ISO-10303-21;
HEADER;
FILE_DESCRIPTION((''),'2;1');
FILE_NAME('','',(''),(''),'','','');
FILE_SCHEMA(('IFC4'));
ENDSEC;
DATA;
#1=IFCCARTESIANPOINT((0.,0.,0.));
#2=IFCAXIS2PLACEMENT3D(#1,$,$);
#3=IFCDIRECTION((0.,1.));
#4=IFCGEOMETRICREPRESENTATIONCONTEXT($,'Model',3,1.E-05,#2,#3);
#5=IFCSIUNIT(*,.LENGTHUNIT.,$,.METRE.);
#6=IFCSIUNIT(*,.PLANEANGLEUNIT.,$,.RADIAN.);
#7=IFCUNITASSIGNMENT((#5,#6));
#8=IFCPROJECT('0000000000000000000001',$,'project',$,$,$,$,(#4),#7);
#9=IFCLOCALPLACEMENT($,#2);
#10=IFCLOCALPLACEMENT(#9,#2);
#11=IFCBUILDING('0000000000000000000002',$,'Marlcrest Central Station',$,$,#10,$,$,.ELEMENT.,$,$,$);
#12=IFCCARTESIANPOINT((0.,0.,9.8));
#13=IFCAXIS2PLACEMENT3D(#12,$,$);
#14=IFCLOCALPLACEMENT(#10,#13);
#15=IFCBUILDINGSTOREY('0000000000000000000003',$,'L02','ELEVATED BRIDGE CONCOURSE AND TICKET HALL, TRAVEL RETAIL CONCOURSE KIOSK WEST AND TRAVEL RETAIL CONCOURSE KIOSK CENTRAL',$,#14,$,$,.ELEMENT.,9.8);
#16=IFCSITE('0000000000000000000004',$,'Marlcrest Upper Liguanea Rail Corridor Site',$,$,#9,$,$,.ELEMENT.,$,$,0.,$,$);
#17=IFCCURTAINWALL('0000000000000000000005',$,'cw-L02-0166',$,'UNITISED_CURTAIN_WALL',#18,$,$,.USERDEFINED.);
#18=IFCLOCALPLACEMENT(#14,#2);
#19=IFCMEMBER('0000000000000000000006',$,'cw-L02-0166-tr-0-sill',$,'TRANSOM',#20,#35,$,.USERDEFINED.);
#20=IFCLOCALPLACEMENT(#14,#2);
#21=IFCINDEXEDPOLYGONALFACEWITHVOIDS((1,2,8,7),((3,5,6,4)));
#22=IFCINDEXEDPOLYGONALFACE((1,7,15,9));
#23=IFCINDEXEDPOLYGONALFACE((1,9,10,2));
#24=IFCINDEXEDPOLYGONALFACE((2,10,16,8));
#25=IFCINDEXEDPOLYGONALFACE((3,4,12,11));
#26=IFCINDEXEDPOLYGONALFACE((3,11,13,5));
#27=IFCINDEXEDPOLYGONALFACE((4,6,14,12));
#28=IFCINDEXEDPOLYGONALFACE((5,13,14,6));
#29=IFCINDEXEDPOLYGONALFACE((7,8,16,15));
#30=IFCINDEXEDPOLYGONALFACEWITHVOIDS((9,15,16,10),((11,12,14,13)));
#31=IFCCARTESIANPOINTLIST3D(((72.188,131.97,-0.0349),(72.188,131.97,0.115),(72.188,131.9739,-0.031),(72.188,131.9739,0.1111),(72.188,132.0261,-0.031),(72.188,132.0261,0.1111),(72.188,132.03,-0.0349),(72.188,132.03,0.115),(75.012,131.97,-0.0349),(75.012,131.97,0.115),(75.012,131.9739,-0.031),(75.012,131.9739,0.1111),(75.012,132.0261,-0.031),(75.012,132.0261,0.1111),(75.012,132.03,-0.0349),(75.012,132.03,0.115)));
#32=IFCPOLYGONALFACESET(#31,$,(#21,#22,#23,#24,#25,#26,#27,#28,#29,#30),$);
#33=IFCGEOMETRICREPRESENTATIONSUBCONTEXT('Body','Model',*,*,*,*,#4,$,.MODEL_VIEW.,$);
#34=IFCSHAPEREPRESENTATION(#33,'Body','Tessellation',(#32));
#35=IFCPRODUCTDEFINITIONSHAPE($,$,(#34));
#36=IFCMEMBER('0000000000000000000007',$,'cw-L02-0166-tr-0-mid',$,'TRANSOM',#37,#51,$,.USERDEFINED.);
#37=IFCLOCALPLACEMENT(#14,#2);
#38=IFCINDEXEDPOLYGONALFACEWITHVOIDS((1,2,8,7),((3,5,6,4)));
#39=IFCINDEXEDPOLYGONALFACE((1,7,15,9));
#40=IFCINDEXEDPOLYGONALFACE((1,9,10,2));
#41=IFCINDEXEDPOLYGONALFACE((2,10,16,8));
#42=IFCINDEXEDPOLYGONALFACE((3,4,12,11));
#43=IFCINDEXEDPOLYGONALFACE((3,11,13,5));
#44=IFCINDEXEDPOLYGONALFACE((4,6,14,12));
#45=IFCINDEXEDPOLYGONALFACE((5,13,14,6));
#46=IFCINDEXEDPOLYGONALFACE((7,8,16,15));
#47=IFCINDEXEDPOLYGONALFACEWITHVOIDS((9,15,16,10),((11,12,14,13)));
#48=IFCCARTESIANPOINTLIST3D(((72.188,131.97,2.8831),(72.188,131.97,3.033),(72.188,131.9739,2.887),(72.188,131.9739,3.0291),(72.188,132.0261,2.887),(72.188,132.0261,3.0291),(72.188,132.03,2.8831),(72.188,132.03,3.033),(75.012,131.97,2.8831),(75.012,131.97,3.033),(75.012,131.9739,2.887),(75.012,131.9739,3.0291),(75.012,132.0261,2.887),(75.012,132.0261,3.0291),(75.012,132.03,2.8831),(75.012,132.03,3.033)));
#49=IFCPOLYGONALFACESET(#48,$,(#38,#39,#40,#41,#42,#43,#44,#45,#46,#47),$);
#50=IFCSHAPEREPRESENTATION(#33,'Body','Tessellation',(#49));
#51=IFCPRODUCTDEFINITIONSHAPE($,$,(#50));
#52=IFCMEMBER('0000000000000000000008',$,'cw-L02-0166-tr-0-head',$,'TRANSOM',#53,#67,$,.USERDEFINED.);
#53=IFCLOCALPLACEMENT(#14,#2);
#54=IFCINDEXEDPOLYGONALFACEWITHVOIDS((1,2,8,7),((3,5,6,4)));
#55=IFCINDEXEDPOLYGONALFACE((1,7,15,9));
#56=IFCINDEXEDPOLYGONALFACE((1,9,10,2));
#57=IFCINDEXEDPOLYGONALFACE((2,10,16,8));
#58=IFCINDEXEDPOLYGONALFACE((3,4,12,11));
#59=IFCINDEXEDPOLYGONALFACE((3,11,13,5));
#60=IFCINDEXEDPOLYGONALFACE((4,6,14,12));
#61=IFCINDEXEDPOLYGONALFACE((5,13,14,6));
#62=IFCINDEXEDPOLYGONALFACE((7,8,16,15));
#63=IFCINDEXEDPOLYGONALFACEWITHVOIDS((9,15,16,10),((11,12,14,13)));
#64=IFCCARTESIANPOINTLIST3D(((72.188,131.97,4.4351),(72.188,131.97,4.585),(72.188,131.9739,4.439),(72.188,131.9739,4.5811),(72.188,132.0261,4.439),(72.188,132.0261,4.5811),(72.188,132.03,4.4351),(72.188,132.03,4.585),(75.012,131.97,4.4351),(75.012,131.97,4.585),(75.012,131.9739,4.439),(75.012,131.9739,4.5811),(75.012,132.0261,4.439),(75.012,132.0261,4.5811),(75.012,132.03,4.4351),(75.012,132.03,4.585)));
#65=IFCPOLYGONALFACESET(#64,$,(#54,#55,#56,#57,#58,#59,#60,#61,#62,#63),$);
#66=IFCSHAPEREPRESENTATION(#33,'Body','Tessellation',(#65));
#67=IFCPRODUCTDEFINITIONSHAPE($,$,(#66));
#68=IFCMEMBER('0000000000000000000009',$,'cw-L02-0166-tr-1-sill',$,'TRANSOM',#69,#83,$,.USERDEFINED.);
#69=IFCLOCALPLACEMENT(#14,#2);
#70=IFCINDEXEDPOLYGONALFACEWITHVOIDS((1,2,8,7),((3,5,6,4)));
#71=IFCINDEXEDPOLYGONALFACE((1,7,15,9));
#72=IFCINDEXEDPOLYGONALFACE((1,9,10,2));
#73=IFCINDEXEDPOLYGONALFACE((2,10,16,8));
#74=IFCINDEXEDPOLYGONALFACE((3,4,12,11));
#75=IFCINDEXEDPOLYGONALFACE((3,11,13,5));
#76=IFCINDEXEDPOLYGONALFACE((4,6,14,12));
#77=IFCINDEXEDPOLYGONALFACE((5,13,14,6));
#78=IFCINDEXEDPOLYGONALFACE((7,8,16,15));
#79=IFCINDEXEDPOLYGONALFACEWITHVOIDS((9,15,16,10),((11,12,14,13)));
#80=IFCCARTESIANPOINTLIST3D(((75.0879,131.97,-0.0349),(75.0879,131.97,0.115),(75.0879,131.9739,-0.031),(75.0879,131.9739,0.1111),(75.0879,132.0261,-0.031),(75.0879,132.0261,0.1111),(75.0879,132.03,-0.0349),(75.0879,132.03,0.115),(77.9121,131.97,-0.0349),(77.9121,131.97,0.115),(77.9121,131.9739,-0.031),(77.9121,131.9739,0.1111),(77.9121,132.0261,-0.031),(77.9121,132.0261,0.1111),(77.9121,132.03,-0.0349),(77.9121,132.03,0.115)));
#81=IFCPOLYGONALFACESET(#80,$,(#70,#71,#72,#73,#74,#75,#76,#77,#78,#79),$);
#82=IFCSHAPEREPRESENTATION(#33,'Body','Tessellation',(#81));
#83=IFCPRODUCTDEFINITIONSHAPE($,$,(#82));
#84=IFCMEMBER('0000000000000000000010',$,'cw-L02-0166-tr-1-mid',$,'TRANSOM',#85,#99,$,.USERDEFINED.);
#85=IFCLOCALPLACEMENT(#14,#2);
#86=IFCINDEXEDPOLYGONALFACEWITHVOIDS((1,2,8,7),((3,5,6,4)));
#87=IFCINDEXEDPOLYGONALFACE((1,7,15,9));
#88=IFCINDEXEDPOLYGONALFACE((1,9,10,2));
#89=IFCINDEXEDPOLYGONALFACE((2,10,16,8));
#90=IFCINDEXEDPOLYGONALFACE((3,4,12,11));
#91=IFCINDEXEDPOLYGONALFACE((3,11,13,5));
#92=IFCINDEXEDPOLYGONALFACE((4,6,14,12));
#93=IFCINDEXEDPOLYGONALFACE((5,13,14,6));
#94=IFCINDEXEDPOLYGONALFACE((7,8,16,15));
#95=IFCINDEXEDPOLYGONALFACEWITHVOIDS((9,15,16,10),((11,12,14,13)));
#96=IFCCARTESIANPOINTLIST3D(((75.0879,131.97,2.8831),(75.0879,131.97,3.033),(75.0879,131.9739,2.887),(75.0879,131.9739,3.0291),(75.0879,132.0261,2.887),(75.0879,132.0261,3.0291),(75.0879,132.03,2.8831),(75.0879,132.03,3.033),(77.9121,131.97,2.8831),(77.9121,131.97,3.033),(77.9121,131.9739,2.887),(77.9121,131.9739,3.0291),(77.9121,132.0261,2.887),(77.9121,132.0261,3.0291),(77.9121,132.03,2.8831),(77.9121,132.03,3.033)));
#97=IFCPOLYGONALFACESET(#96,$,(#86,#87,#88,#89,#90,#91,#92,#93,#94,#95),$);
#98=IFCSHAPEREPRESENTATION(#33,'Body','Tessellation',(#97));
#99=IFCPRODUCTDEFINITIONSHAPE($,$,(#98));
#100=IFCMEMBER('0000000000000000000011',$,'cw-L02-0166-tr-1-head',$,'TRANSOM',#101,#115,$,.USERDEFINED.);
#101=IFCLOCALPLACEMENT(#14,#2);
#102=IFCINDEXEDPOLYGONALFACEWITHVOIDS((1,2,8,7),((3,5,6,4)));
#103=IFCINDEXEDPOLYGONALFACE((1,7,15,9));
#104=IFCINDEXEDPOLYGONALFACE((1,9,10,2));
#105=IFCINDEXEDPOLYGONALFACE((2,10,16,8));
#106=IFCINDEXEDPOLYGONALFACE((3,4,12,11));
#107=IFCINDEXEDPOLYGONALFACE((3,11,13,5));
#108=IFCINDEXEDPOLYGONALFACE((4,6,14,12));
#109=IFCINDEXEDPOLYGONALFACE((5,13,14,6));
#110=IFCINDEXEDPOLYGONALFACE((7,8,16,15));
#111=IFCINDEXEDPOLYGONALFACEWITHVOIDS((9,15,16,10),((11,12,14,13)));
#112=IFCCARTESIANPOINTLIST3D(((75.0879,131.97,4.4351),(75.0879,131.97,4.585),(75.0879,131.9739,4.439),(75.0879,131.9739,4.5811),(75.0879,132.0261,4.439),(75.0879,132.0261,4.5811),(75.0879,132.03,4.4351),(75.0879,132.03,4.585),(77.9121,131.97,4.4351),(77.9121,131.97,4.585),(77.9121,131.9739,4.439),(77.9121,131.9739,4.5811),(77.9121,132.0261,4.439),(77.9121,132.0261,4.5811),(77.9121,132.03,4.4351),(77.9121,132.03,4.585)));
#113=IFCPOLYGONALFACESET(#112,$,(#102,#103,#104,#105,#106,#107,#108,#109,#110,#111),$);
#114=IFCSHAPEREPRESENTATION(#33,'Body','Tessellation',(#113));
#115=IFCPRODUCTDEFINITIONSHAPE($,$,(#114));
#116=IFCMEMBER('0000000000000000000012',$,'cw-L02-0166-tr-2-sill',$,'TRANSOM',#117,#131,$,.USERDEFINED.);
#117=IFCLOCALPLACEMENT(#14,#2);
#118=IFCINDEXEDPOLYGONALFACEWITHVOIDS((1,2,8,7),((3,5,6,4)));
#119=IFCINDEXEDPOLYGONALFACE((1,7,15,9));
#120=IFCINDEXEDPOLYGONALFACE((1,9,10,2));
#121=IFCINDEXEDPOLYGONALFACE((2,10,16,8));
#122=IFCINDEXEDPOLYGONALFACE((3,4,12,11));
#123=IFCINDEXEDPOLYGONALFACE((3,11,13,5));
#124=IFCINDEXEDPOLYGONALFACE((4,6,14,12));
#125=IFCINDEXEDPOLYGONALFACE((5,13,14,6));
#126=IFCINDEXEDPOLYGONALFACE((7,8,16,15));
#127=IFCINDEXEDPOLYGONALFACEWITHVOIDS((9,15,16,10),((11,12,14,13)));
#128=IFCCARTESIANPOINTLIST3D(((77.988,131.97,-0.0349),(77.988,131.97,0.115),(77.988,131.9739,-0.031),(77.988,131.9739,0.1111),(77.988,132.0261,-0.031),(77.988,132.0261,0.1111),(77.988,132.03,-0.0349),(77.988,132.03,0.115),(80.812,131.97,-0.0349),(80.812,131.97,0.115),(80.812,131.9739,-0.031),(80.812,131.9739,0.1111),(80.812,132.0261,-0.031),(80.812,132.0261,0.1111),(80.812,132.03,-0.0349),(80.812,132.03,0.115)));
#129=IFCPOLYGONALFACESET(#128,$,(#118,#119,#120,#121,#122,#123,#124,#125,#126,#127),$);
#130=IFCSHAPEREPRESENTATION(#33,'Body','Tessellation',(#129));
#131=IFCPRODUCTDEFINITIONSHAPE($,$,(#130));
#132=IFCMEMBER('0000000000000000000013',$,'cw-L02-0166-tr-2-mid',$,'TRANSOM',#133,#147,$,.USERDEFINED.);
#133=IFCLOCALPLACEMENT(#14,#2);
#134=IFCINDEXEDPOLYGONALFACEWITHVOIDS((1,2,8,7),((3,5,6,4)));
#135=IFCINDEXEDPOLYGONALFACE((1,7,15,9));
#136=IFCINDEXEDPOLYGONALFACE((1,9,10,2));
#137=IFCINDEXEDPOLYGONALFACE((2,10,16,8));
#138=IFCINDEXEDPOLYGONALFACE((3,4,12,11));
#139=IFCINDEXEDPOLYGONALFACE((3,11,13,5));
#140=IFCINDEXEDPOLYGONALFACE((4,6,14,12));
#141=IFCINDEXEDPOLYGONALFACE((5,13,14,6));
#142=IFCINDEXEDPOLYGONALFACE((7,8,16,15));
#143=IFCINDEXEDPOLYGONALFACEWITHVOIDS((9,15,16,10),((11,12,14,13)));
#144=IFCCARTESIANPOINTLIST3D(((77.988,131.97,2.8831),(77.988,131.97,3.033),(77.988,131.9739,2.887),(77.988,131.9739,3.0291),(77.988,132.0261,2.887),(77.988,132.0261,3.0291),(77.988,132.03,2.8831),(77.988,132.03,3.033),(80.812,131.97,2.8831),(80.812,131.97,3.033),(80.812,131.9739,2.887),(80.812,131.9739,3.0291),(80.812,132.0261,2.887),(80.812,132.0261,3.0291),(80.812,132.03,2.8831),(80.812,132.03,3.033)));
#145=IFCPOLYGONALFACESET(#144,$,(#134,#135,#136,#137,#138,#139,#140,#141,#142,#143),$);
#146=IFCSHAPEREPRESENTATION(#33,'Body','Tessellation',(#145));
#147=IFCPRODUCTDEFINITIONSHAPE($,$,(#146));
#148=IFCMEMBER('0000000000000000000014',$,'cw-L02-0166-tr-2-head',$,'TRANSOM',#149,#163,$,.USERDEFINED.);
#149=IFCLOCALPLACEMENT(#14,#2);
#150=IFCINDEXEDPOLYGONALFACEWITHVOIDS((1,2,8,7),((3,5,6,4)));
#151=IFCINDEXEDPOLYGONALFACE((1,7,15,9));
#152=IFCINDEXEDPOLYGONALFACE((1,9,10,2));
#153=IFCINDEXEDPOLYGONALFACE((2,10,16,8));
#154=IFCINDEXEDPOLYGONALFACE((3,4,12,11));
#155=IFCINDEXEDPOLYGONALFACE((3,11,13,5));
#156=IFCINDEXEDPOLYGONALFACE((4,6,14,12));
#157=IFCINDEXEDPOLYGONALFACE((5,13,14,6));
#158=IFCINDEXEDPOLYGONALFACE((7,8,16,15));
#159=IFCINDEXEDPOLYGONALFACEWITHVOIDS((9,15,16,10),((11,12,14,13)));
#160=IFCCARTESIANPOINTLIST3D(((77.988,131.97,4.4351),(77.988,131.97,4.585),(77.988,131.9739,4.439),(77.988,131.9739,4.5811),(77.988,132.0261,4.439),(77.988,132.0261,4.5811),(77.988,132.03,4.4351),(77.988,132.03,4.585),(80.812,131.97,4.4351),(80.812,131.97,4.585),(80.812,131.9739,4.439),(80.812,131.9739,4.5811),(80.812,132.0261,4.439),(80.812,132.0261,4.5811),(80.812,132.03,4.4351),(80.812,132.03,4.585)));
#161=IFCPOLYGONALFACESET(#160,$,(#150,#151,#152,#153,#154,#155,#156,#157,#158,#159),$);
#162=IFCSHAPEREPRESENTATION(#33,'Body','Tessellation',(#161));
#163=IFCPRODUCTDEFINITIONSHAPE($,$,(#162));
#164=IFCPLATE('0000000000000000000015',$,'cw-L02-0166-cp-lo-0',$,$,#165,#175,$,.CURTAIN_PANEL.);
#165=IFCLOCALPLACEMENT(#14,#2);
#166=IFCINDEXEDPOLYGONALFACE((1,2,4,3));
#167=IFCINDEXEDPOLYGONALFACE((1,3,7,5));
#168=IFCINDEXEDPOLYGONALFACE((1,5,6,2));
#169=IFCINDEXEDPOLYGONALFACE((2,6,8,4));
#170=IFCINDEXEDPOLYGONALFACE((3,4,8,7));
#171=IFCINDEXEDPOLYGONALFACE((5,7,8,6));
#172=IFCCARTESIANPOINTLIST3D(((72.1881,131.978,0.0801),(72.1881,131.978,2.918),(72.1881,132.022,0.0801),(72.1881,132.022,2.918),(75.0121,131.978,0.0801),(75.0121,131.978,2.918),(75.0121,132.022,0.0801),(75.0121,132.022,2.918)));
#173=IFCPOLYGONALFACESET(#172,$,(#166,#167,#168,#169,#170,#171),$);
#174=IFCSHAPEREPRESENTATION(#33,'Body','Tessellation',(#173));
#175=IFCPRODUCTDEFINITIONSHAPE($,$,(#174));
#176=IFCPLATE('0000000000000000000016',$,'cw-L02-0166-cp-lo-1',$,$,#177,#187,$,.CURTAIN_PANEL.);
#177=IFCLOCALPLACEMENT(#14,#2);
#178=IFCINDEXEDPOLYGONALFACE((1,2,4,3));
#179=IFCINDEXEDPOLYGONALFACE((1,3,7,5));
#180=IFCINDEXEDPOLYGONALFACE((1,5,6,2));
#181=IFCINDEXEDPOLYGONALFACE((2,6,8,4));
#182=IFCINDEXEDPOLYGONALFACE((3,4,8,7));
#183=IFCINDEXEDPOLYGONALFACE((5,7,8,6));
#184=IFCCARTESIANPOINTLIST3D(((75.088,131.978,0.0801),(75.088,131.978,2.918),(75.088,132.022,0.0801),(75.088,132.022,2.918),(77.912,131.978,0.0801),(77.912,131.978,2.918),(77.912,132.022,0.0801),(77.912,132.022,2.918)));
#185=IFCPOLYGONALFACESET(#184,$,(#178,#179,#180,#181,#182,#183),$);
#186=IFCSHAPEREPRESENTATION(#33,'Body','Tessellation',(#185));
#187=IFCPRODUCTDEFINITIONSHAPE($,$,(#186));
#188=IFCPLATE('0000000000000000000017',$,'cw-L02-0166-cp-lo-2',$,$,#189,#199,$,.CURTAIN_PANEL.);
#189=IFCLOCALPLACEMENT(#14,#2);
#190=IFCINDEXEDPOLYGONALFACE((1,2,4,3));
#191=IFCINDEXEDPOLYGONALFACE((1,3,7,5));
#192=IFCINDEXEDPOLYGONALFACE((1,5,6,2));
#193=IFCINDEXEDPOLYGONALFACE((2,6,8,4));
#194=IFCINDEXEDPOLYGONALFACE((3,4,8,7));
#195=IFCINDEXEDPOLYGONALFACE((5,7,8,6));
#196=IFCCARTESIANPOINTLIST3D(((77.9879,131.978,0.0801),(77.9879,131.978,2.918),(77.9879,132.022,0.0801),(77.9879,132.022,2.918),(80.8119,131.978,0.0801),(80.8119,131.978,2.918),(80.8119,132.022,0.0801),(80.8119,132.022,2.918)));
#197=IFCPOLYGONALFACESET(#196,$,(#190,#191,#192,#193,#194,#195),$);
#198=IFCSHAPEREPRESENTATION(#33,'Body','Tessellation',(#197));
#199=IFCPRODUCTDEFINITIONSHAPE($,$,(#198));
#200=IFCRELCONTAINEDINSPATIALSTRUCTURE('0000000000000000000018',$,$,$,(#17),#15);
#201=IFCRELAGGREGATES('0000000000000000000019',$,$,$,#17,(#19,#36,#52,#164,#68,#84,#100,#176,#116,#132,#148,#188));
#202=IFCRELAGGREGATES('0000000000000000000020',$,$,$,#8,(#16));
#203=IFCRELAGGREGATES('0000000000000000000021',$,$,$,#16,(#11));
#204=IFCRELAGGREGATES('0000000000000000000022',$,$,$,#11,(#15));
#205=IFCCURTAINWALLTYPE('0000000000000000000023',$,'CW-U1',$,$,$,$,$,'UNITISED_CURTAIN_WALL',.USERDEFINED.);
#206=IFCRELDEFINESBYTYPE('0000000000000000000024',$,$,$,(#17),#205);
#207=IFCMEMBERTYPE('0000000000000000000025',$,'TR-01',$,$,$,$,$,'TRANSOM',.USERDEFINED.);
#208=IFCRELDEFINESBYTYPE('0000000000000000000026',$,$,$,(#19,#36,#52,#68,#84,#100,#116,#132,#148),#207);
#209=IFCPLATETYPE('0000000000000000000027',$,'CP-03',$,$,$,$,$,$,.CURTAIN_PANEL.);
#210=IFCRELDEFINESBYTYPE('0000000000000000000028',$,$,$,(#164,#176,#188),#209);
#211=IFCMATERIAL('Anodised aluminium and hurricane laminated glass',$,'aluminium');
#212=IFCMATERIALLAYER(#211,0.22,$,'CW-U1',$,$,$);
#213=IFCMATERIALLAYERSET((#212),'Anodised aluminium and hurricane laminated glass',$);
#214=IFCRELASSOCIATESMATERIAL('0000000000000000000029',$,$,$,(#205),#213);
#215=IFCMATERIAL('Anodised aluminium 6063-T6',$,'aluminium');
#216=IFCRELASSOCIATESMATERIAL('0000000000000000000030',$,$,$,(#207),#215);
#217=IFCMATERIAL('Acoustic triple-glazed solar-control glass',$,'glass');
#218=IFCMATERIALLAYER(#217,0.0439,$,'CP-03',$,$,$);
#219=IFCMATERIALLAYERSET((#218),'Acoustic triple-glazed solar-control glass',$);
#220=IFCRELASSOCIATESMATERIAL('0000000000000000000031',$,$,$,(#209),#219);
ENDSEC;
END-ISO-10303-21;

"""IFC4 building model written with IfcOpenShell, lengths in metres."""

from ifc_helpers import new_model, si_unit, direction, frame, origin, origin_2d, place, context, subcontext, project, spatial, rectangle, hollow_rectangle, extrude, material, layer, layer_set, material_profile, profile_set, type_object, element, aggregate, save


model = new_model("IFC4")

# Units and contexts
model_context = context("Model", 3, precision=1e-05, world=origin(), true_north=direction((0.0, 1.0)))
body_context = subcontext(model_context, "Body", "Model", "MODEL_VIEW")
ifc_project = project(units=[si_unit("LENGTHUNIT", "METRE"), si_unit("PLANEANGLEUNIT", "RADIAN")], contexts=[model_context])

# Site, building, storey
site_placement = place(None, origin())
site = spatial("IfcSite", under=ifc_project, at=site_placement, Name="Marlcrest Upper Liguanea Rail Corridor Site", CompositionType="ELEMENT", RefElevation=0.0)
building_placement = place(site_placement, origin())
building = spatial("IfcBuilding", under=site, at=building_placement, Name="Marlcrest Central Station", CompositionType="ELEMENT")
storey_placement = place(building_placement, frame((0.0, 0.0, 9.8)))
storey = spatial("IfcBuildingStorey", under=building, at=storey_placement, Name="L02", Description="ELEVATED BRIDGE CONCOURSE AND TICKET HALL, TRAVEL RETAIL CONCOURSE KIOSK WEST AND TRAVEL RETAIL CONCOURSE KIOSK CENTRAL", CompositionType="ELEMENT", Elevation=9.8)

# Curtain wall
ifc_material_1 = material(Name="Anodised aluminium and hurricane laminated glass", Category="aluminium")
ifc_layer_1 = layer(ifc_material_1, 0.22, Name="CW-U1")
ifc_layer_set_1 = layer_set([ifc_layer_1], Name="Anodised aluminium and hurricane laminated glass")
curtain_wall_type = type_object("IfcCurtainWallType", Name="CW-U1", ElementType="UNITISED_CURTAIN_WALL", PredefinedType="USERDEFINED", material=ifc_layer_set_1)
curtain_wall_placement = place(storey_placement, origin())
curtain_wall = element("IfcCurtainWall", 1, at=curtain_wall_placement, inside=storey, type_object=curtain_wall_type, Name="cw-L02-0166", ObjectType="UNITISED_CURTAIN_WALL", PredefinedType="USERDEFINED")
ifc_material_2 = material(Name="Anodised aluminium 6063-T6", Category="aluminium")

# Members
ifc_material_profile_1 = material_profile(ifc_material_2, hollow_rectangle(XDim=0.0601, YDim=0.1499, WallThickness=0.0039, at=origin_2d()), Name="AA-RHS 150x60x4")
ifc_profile_set_1 = profile_set([ifc_material_profile_1], Name="Anodised aluminium 6063-T6")
member_type_1 = type_object("IfcMemberType", Name="TR-01", ElementType="TRANSOM", PredefinedType="USERDEFINED", material=ifc_profile_set_1)
member_1_placement = place(storey_placement, frame((72.188, 132.0, 0.04), z_axis=(1.0, 0.0, 0.0), x_axis=(0.0, 1.0, 0.0)))
member_1 = element("IfcMember", 2, at=member_1_placement, type_object=member_type_1, Name="cw-L02-0166-tr-0-sill", ObjectType="TRANSOM", PredefinedType="USERDEFINED", context=body_context, shape_type="SweptSolid", body=[
    extrude(hollow_rectangle(XDim=0.0601, YDim=0.1499, WallThickness=0.0039, at=origin_2d()), origin(), (0.0, 0.0, 1.0), 2.824),
])
member_2_placement = place(storey_placement, frame((72.188, 132.0, 2.958), z_axis=(1.0, 0.0, 0.0), x_axis=(0.0, 1.0, 0.0)))
member_2 = element("IfcMember", 3, at=member_2_placement, type_object=member_type_1, Name="cw-L02-0166-tr-0-mid", ObjectType="TRANSOM", PredefinedType="USERDEFINED", context=body_context, shape_type="SweptSolid", body=[
    extrude(hollow_rectangle(XDim=0.0601, YDim=0.1499, WallThickness=0.0039, at=origin_2d()), origin(), (0.0, 0.0, 1.0), 2.824),
])
member_3_placement = place(storey_placement, frame((72.188, 132.0, 4.51), z_axis=(1.0, 0.0, 0.0), x_axis=(0.0, 1.0, 0.0)))
member_3 = element("IfcMember", 4, at=member_3_placement, type_object=member_type_1, Name="cw-L02-0166-tr-0-head", ObjectType="TRANSOM", PredefinedType="USERDEFINED", context=body_context, shape_type="SweptSolid", body=[
    extrude(hollow_rectangle(XDim=0.0601, YDim=0.1499, WallThickness=0.0039, at=origin_2d()), origin(), (0.0, 0.0, 1.0), 2.824),
])
member_4_placement = place(storey_placement, frame((75.0879, 132.0, 0.04), z_axis=(1.0, 0.0, 0.0), x_axis=(0.0, 1.0, 0.0)))
member_4 = element("IfcMember", 5, at=member_4_placement, type_object=member_type_1, Name="cw-L02-0166-tr-1-sill", ObjectType="TRANSOM", PredefinedType="USERDEFINED", context=body_context, shape_type="SweptSolid", body=[
    extrude(hollow_rectangle(XDim=0.0601, YDim=0.1499, WallThickness=0.0039, at=origin_2d()), origin(), (0.0, 0.0, 1.0), 2.8242),
])
member_5_placement = place(storey_placement, frame((75.0879, 132.0, 2.958), z_axis=(1.0, 0.0, 0.0), x_axis=(0.0, 1.0, 0.0)))
member_5 = element("IfcMember", 6, at=member_5_placement, type_object=member_type_1, Name="cw-L02-0166-tr-1-mid", ObjectType="TRANSOM", PredefinedType="USERDEFINED", context=body_context, shape_type="SweptSolid", body=[
    extrude(hollow_rectangle(XDim=0.0601, YDim=0.1499, WallThickness=0.0039, at=origin_2d()), origin(), (0.0, 0.0, 1.0), 2.8242),
])
member_6_placement = place(storey_placement, frame((75.0879, 132.0, 4.51), z_axis=(1.0, 0.0, 0.0), x_axis=(0.0, 1.0, 0.0)))
member_6 = element("IfcMember", 7, at=member_6_placement, type_object=member_type_1, Name="cw-L02-0166-tr-1-head", ObjectType="TRANSOM", PredefinedType="USERDEFINED", context=body_context, shape_type="SweptSolid", body=[
    extrude(hollow_rectangle(XDim=0.0601, YDim=0.1499, WallThickness=0.0039, at=origin_2d()), origin(), (0.0, 0.0, 1.0), 2.8242),
])
member_7_placement = place(storey_placement, frame((77.988, 132.0, 0.04), z_axis=(1.0, 0.0, 0.0), x_axis=(0.0, 1.0, 0.0)))
member_7 = element("IfcMember", 8, at=member_7_placement, type_object=member_type_1, Name="cw-L02-0166-tr-2-sill", ObjectType="TRANSOM", PredefinedType="USERDEFINED", context=body_context, shape_type="SweptSolid", body=[
    extrude(hollow_rectangle(XDim=0.0601, YDim=0.1499, WallThickness=0.0039, at=origin_2d()), origin(), (0.0, 0.0, 1.0), 2.824),
])
member_8_placement = place(storey_placement, frame((77.988, 132.0, 2.958), z_axis=(1.0, 0.0, 0.0), x_axis=(0.0, 1.0, 0.0)))
member_8 = element("IfcMember", 9, at=member_8_placement, type_object=member_type_1, Name="cw-L02-0166-tr-2-mid", ObjectType="TRANSOM", PredefinedType="USERDEFINED", context=body_context, shape_type="SweptSolid", body=[
    extrude(hollow_rectangle(XDim=0.0601, YDim=0.1499, WallThickness=0.0039, at=origin_2d()), origin(), (0.0, 0.0, 1.0), 2.824),
])
member_9_placement = place(storey_placement, frame((77.988, 132.0, 4.51), z_axis=(1.0, 0.0, 0.0), x_axis=(0.0, 1.0, 0.0)))
member_9 = element("IfcMember", 10, at=member_9_placement, type_object=member_type_1, Name="cw-L02-0166-tr-2-head", ObjectType="TRANSOM", PredefinedType="USERDEFINED", context=body_context, shape_type="SweptSolid", body=[
    extrude(hollow_rectangle(XDim=0.0601, YDim=0.1499, WallThickness=0.0039, at=origin_2d()), origin(), (0.0, 0.0, 1.0), 2.824),
])

# Plates
ifc_material_3 = material(Name="Acoustic triple-glazed solar-control glass", Category="glass")
ifc_layer_2 = layer(ifc_material_3, 0.0439, Name="CP-03")
ifc_layer_set_2 = layer_set([ifc_layer_2], Name="Acoustic triple-glazed solar-control glass")
plate_type_1 = type_object("IfcPlateType", Name="CP-03", PredefinedType="CURTAIN_PANEL", material=ifc_layer_set_2)
plate_1_placement = place(storey_placement, frame((73.6001, 132.0, 0.0801), z_axis=(0.0, 0.0, 1.0), x_axis=(1.0, 0.0, 0.0)))
plate_1 = element("IfcPlate", 11, at=plate_1_placement, type_object=plate_type_1, Name="cw-L02-0166-cp-lo-0", PredefinedType="CURTAIN_PANEL", context=body_context, shape_type="SweptSolid", body=[
    extrude(rectangle(XDim=2.824, YDim=0.0439, at=origin_2d()), origin(), (0.0, 0.0, 1.0), 2.8379),
])
plate_2_placement = place(storey_placement, frame((76.5, 132.0, 0.0801), z_axis=(0.0, 0.0, 1.0), x_axis=(1.0, 0.0, 0.0)))
plate_2 = element("IfcPlate", 12, at=plate_2_placement, type_object=plate_type_1, Name="cw-L02-0166-cp-lo-1", PredefinedType="CURTAIN_PANEL", context=body_context, shape_type="SweptSolid", body=[
    extrude(rectangle(XDim=2.824, YDim=0.0439, at=origin_2d()), origin(), (0.0, 0.0, 1.0), 2.8379),
])
plate_3_placement = place(storey_placement, frame((79.3999, 132.0, 0.0801), z_axis=(0.0, 0.0, 1.0), x_axis=(1.0, 0.0, 0.0)))
plate_3 = element("IfcPlate", 13, at=plate_3_placement, type_object=plate_type_1, Name="cw-L02-0166-cp-lo-2", PredefinedType="CURTAIN_PANEL", context=body_context, shape_type="SweptSolid", body=[
    extrude(rectangle(XDim=2.824, YDim=0.0439, at=origin_2d()), origin(), (0.0, 0.0, 1.0), 2.8379),
])
aggregate(curtain_wall, [member_1, member_2, member_3, plate_1, member_4, member_5, member_6, plate_2, member_7, member_8, member_9, plate_3])

save(model, "model.ifc")
